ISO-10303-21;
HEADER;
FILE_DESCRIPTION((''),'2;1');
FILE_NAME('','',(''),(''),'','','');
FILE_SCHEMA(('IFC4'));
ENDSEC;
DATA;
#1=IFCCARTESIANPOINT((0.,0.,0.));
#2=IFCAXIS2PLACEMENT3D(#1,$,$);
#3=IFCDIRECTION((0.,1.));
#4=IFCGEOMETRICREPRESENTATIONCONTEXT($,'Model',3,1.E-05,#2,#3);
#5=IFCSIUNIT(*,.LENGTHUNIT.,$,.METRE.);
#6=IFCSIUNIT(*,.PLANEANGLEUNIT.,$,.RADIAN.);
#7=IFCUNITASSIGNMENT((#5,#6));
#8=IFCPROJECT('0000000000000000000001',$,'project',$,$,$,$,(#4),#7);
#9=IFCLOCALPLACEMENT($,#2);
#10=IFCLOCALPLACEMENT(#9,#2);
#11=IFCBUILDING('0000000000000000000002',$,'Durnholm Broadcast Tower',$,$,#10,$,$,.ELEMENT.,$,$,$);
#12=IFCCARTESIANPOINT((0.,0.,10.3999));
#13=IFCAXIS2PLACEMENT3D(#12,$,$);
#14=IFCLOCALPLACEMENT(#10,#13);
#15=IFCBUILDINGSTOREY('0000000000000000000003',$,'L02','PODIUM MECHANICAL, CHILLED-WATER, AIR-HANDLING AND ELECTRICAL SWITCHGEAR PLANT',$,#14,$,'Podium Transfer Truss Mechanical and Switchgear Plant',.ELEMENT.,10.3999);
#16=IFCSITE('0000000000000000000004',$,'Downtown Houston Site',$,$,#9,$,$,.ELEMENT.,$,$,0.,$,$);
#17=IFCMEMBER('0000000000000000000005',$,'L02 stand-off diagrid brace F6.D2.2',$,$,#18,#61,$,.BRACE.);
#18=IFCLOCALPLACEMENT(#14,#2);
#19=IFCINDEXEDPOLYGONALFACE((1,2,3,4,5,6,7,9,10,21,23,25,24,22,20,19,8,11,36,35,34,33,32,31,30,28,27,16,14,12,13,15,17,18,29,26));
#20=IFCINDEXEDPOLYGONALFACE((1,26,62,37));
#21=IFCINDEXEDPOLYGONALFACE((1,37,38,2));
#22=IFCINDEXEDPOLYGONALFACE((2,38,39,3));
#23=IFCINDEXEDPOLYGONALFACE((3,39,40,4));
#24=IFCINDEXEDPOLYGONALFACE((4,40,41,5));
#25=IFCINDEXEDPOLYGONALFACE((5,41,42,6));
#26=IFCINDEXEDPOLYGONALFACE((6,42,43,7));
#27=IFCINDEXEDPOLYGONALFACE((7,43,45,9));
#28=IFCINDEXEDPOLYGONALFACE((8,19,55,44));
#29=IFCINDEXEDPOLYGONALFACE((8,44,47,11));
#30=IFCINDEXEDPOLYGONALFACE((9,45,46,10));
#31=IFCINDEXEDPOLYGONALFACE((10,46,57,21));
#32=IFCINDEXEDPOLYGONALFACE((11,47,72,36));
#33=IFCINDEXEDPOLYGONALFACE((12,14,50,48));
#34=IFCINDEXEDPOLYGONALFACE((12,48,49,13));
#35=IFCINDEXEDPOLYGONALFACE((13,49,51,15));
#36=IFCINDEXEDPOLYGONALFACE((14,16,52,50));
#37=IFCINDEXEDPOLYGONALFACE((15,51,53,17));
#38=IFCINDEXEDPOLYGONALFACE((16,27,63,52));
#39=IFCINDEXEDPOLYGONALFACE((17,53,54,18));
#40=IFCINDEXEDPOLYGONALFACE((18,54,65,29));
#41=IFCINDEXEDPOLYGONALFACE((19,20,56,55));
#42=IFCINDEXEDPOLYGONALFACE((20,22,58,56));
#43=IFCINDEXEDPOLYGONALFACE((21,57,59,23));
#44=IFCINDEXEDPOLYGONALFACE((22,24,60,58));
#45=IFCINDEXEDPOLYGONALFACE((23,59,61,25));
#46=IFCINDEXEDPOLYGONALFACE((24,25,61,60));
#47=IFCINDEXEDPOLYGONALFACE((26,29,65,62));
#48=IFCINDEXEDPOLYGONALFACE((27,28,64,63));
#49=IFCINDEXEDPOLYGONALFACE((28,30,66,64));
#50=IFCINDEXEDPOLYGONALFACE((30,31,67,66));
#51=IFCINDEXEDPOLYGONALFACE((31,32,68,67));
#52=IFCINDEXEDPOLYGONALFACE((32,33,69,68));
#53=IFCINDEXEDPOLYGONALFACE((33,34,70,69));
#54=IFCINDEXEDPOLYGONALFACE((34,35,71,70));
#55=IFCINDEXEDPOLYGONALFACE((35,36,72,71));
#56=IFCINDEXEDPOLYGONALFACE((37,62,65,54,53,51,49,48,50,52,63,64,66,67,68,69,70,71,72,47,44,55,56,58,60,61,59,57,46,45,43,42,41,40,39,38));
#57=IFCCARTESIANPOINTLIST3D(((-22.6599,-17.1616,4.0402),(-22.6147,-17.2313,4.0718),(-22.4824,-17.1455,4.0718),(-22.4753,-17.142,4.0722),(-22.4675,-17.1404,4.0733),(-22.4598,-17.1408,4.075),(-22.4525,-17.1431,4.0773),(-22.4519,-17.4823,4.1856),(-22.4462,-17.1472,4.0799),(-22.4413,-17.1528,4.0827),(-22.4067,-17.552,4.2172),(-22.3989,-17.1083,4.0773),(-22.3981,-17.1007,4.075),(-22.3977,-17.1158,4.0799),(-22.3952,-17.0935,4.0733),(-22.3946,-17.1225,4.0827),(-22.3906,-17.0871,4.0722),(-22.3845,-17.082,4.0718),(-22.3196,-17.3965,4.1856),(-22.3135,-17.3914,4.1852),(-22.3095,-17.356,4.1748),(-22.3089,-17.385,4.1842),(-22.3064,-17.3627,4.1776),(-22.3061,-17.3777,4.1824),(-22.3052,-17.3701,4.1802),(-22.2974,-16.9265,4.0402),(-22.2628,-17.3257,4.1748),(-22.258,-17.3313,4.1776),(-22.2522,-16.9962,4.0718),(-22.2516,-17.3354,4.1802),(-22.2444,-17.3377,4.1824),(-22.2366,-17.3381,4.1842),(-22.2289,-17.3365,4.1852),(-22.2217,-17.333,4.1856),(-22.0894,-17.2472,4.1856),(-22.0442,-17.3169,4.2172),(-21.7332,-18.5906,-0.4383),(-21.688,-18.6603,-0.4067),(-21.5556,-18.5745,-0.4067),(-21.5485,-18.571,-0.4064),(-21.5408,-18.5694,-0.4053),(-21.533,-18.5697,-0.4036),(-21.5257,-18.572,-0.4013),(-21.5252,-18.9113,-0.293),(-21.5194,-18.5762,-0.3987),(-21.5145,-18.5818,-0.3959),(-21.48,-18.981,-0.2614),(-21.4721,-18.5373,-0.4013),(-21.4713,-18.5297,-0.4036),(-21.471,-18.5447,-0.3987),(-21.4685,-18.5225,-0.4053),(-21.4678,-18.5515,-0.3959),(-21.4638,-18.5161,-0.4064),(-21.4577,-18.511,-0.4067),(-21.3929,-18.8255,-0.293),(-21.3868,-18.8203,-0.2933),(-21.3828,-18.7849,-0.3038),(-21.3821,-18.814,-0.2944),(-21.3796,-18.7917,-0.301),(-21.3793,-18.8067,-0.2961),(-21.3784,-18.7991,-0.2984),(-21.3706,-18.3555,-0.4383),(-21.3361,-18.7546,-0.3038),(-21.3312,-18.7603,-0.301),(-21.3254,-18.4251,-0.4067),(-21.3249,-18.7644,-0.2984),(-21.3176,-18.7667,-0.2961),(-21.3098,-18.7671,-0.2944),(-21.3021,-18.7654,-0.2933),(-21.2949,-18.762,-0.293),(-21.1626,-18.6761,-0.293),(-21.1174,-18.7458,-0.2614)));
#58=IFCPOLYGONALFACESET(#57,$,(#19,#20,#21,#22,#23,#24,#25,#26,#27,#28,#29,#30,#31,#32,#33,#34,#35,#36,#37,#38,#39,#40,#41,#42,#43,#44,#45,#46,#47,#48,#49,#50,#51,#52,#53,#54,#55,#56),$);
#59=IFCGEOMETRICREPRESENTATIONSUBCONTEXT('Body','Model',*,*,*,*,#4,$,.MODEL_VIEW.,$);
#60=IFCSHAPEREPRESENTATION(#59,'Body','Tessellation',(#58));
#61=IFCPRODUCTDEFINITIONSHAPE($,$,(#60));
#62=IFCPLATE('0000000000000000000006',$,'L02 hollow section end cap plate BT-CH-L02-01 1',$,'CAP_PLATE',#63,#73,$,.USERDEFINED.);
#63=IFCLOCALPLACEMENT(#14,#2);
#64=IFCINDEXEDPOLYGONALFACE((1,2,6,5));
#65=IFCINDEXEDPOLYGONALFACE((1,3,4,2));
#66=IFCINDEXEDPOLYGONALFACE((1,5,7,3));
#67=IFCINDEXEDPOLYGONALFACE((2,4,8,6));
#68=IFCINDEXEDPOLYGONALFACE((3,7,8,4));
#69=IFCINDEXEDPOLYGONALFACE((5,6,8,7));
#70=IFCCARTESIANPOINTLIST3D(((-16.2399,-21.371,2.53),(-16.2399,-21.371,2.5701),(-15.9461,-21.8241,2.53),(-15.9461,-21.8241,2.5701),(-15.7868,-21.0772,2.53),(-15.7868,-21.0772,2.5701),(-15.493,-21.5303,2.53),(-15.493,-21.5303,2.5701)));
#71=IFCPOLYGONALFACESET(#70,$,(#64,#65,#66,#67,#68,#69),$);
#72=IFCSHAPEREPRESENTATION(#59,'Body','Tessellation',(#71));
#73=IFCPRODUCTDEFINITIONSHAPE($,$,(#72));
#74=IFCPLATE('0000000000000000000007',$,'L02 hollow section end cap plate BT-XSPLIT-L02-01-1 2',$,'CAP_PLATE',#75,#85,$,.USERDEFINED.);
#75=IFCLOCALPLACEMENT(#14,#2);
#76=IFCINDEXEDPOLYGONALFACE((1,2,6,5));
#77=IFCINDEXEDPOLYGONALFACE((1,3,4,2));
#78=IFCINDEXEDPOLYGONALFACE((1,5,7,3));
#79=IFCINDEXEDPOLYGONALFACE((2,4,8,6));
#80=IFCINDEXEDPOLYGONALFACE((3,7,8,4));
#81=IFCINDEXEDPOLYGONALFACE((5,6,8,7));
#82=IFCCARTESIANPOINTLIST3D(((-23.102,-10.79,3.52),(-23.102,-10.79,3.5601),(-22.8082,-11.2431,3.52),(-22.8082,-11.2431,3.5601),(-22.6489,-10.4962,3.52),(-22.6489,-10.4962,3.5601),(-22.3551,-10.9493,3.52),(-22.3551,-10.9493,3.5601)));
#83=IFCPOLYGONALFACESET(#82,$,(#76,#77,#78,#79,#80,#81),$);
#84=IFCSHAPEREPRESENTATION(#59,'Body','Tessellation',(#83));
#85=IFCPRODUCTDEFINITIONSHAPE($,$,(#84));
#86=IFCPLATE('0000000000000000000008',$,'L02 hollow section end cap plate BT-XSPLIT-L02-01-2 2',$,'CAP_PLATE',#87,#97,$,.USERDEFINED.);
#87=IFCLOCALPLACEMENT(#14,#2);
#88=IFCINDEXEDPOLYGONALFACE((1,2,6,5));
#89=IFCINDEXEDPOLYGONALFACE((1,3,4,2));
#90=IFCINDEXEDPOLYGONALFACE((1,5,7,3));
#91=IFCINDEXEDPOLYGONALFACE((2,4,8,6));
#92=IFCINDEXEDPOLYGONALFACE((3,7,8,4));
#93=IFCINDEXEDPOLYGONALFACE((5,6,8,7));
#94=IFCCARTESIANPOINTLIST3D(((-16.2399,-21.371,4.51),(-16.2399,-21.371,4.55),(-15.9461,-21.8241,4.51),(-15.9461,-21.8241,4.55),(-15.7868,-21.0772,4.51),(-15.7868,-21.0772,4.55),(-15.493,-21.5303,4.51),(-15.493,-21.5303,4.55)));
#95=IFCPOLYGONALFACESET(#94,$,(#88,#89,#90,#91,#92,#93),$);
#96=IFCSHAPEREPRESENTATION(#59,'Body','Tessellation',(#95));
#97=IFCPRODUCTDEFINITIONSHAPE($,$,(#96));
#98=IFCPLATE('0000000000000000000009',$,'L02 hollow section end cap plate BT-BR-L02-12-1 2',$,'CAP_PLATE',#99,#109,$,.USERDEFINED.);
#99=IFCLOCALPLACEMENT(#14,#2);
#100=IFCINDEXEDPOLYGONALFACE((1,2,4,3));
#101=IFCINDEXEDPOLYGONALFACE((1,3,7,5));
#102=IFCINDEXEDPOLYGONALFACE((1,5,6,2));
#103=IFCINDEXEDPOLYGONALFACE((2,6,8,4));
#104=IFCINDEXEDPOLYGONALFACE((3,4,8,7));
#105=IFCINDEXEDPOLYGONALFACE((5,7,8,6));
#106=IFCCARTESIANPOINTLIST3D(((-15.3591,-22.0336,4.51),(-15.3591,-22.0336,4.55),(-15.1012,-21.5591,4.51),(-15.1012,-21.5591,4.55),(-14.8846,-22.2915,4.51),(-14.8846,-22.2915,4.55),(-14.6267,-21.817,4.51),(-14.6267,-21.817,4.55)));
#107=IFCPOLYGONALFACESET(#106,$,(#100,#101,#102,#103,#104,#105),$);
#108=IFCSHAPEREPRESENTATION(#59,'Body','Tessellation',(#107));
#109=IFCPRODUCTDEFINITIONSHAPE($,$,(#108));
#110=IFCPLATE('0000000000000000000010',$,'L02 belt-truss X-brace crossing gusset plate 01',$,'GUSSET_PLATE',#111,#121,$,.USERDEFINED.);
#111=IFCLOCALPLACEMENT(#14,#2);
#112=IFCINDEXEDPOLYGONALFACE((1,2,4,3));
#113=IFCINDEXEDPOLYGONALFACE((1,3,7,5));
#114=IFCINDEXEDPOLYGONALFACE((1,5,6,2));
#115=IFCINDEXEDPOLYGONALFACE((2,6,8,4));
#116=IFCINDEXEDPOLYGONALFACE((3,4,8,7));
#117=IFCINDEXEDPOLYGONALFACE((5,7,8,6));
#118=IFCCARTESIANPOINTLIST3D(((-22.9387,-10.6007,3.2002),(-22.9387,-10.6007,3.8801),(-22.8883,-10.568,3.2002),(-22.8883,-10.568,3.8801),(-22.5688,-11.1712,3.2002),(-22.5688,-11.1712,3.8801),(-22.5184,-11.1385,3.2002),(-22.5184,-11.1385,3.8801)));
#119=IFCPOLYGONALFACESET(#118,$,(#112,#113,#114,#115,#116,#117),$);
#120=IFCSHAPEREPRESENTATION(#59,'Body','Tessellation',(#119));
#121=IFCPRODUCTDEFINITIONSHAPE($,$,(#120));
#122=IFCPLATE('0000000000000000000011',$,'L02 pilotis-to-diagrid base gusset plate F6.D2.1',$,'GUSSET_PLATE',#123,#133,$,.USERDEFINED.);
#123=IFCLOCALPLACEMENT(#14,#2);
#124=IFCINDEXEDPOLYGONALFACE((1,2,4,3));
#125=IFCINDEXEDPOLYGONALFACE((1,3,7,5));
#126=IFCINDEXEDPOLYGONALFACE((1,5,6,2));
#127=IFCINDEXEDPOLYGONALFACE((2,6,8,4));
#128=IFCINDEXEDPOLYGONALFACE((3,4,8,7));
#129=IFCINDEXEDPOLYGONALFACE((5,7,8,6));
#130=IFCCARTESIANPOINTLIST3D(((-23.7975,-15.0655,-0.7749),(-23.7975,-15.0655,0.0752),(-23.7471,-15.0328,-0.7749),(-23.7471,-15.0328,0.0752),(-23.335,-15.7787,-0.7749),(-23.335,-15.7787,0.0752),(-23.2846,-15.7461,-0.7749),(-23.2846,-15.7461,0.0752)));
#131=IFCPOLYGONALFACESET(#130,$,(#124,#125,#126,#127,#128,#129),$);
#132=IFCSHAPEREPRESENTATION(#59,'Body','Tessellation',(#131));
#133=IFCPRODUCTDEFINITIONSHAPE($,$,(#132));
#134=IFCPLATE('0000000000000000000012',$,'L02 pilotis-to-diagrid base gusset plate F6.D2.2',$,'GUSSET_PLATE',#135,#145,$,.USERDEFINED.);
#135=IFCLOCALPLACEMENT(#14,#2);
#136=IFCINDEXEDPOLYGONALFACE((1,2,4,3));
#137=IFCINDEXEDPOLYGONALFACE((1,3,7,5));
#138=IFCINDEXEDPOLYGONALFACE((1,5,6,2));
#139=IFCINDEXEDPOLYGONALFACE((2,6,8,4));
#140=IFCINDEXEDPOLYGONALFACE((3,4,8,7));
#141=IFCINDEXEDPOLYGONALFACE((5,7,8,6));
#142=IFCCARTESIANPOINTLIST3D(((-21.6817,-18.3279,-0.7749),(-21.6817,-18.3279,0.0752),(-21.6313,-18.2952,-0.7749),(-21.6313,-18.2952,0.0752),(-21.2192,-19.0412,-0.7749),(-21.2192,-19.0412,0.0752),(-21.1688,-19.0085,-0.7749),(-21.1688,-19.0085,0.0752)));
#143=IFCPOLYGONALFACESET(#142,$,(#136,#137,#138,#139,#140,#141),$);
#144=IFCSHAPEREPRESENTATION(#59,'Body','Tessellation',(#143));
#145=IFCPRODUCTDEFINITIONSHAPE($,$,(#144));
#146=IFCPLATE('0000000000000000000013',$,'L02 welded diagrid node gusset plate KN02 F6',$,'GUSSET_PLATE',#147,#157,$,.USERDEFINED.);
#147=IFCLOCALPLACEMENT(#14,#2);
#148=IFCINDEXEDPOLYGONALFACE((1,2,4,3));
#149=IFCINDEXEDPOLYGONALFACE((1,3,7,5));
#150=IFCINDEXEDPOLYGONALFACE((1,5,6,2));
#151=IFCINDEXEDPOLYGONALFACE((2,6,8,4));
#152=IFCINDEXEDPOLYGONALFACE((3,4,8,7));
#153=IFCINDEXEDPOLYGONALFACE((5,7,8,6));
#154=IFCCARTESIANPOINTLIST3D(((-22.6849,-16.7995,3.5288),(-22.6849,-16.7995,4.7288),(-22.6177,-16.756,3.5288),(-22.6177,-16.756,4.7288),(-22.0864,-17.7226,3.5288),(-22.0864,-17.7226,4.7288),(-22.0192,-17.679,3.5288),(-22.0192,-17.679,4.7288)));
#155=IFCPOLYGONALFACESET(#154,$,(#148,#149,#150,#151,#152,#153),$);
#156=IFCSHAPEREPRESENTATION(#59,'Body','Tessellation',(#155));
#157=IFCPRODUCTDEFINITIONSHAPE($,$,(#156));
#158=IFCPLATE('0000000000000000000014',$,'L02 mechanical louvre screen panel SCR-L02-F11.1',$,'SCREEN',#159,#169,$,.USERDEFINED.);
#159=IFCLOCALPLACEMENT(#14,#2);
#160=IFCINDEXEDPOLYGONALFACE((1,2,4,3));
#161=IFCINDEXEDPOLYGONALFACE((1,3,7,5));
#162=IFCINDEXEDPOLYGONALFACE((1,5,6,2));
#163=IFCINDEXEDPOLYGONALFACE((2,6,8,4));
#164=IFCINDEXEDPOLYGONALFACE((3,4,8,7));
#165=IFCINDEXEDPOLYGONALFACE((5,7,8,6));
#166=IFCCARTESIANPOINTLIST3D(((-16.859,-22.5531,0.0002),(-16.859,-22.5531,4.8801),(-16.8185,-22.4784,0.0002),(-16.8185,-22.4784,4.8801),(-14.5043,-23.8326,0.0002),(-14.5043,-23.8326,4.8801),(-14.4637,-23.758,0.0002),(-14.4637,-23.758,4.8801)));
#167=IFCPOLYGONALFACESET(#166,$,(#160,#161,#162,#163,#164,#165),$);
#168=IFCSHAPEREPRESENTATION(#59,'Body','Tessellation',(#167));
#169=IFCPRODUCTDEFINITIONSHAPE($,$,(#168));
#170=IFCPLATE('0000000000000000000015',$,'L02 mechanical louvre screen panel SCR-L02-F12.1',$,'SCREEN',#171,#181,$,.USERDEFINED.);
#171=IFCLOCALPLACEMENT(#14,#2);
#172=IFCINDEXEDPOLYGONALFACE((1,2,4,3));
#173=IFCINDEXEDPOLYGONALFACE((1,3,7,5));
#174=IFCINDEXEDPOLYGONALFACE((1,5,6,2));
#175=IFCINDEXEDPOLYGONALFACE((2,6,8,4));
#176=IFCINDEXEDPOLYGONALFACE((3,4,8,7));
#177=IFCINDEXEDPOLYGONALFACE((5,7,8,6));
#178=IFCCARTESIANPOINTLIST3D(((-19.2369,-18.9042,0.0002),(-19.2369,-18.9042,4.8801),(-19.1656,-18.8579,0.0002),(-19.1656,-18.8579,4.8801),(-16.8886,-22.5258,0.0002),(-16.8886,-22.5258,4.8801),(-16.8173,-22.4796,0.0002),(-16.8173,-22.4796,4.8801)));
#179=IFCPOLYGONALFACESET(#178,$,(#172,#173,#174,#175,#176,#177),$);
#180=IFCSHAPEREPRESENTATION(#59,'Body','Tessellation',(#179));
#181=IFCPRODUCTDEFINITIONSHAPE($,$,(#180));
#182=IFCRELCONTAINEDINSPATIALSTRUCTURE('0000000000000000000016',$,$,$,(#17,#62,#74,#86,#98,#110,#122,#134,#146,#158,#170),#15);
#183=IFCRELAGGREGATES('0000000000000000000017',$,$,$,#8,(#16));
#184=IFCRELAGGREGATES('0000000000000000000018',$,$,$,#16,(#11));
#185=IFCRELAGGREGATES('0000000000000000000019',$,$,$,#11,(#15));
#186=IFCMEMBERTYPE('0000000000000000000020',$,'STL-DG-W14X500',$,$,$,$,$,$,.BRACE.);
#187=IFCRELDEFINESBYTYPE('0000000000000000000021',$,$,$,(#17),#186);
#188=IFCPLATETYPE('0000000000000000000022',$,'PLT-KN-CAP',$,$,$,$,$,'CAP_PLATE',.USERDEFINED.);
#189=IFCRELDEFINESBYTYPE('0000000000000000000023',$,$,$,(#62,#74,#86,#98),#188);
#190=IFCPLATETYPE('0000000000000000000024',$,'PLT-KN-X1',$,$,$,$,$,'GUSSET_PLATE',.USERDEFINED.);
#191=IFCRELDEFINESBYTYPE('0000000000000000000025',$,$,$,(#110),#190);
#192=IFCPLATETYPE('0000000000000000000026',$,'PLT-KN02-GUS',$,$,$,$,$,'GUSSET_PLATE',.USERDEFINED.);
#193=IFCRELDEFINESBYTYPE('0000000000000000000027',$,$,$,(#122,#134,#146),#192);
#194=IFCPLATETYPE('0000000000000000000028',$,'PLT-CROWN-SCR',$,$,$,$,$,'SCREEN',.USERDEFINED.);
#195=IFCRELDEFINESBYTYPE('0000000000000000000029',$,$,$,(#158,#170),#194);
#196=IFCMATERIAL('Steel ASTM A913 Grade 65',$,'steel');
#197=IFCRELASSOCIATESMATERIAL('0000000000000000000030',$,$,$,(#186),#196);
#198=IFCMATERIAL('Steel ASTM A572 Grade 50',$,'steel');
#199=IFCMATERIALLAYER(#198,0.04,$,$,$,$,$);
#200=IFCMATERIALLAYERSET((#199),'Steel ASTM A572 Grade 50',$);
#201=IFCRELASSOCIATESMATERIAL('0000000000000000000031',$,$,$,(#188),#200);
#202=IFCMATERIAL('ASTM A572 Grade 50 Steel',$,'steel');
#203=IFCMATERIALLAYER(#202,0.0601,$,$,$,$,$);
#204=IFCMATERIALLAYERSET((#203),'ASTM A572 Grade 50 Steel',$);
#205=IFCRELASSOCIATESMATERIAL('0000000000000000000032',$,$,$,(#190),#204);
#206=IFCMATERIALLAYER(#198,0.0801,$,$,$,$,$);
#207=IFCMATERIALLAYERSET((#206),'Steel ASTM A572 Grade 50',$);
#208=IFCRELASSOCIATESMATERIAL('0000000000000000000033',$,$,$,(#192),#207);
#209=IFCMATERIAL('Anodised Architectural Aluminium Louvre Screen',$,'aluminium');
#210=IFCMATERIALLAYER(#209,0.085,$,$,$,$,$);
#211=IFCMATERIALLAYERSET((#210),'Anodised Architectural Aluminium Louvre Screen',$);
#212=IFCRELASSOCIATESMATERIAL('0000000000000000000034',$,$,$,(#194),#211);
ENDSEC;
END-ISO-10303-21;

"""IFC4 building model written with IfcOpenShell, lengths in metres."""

from ifc_helpers import new_model, si_unit, direction, frame, origin, origin_2d, place, context, subcontext, project, spatial, rectangle, i_section, extrude, source, transform, mapped, material, layer, layer_set, material_profile, profile_set, type_object, type_shapes, element, save


model = new_model("IFC4")

# Units and contexts
model_context = context("Model", 3, precision=1e-05, world=origin(), true_north=direction((0.0, 1.0)))
body_context = subcontext(model_context, "Body", "Model", "MODEL_VIEW")
ifc_project = project(units=[si_unit("LENGTHUNIT", "METRE"), si_unit("PLANEANGLEUNIT", "RADIAN")], contexts=[model_context])

# Site, building, storey
site_placement = place(None, origin())
site = spatial("IfcSite", under=ifc_project, at=site_placement, Name="Downtown Houston Site", CompositionType="ELEMENT", RefElevation=0.0)
building_placement = place(site_placement, origin())
building = spatial("IfcBuilding", under=site, at=building_placement, Name="Durnholm Broadcast Tower", CompositionType="ELEMENT")
storey_placement = place(building_placement, frame((0.0, 0.0, 10.3999)))
storey = spatial("IfcBuildingStorey", under=building, at=storey_placement, Name="L02", Description="PODIUM MECHANICAL, CHILLED-WATER, AIR-HANDLING AND ELECTRICAL SWITCHGEAR PLANT", LongName="Podium Transfer Truss Mechanical and Switchgear Plant", CompositionType="ELEMENT", Elevation=10.3999)

# Shared definitions
ifc_material_1 = material(Name="Steel ASTM A913 Grade 65", Category="steel")

# Member
ifc_material_profile_1 = material_profile(ifc_material_1, i_section(OverallWidth=0.4321, OverallDepth=0.4978, WebThickness=0.0557, FlangeThickness=0.0889, FilletRadius=0.0305, at=origin_2d()), Name="W14X500")
ifc_profile_set_1 = profile_set([ifc_material_profile_1], Name="Steel ASTM A913 Grade 65")
member_type_1 = type_object("IfcMemberType", Name="STL-DG-W14X500", PredefinedType="BRACE", material=ifc_profile_set_1)
shared_shape_1 = source(origin(), body_context, "Body", "SweptSolid", [
    extrude(i_section(OverallWidth=0.4321, OverallDepth=0.4978, WebThickness=0.0557, FlangeThickness=0.0889, FilletRadius=0.0305, at=origin_2d()), origin(), (0.0, 0.0, 1.0), 4.7915),
])
member_1_placement = place(storey_placement, frame((-21.4253, -18.6682, -0.3499), z_axis=(-0.193419, 0.298231, 0.934691), x_axis=(-0.838997, -0.544137, 0.0)))
element("IfcMember", 1, at=member_1_placement, inside=storey, type_object=member_type_1, Name="L02 stand-off diagrid brace F6.D2.2", PredefinedType="BRACE", context=body_context, shape_type="MappedRepresentation", body=[
    mapped(shared_shape_1, transform((0.0, 0.0, 0.0), x_axis=(1.0, 0.0, 0.0), y_axis=(0.0, 1.0, 0.0), z_axis=(0.0, 0.0, 1.0), scale=1.0)),
])

# Plates
ifc_material_2 = material(Name="Steel ASTM A572 Grade 50", Category="steel")
ifc_layer_1 = layer(ifc_material_2, 0.04)
ifc_layer_set_1 = layer_set([ifc_layer_1], Name="Steel ASTM A572 Grade 50")
plate_type_1 = type_object("IfcPlateType", Name="PLT-KN-CAP", ElementType="CAP_PLATE", PredefinedType="USERDEFINED", material=ifc_layer_set_1)
shared_shape_2 = source(origin(), body_context, "Body", "SweptSolid", [
    extrude(rectangle(XDim=0.54, YDim=0.54, at=origin_2d()), origin(), (0.0, 0.0, 1.0), 0.04),
])
type_shapes(plate_type_1, [shared_shape_2])
for number, where, z_axis, x_axis, name in (
    (2, (-15.8665, -21.4507, 2.53), (0.0, 0.0, 1.0), (-0.544053, 0.839051, 0.0), "L02 hollow section end cap plate BT-CH-L02-01 1"),
    (3, (-22.7285, -10.8696, 3.52), (0.0, 0.0, 1.0), (0.544053, -0.839051, 0.0), "L02 hollow section end cap plate BT-XSPLIT-L02-01-1 2"),
    (4, (-15.8665, -21.4507, 4.51), (0.0, 0.0, 1.0), (0.544053, -0.839051, 0.0), "L02 hollow section end cap plate BT-XSPLIT-L02-01-2 2"),
    (5, (-14.9929, -21.9253, 4.51), (0.0, 0.0, 1.0), (-0.87865, 0.477465, 0.0), "L02 hollow section end cap plate BT-BR-L02-12-1 2"),
):
    element("IfcPlate", number, at=place(storey_placement, frame(where, z_axis=z_axis, x_axis=x_axis)), inside=storey, type_object=plate_type_1, Name=name, ObjectType="CAP_PLATE", PredefinedType="USERDEFINED", context=body_context, shape_type="MappedRepresentation", body=[
        mapped(shared_shape_2, transform((0.0, 0.0, 0.0), x_axis=(1.0, 0.0, 0.0), y_axis=(0.0, 1.0, 0.0), z_axis=(0.0, 0.0, 1.0), scale=1.0)),
    ])
ifc_material_3 = material(Name="ASTM A572 Grade 50 Steel", Category="steel")
ifc_layer_2 = layer(ifc_material_3, 0.0601)
ifc_layer_set_2 = layer_set([ifc_layer_2], Name="ASTM A572 Grade 50 Steel")
plate_type_2 = type_object("IfcPlateType", Name="PLT-KN-X1", ElementType="GUSSET_PLATE", PredefinedType="USERDEFINED", material=ifc_layer_set_2)
shared_shape_3 = source(origin(), body_context, "Body", "SweptSolid", [
    extrude(rectangle(XDim=0.6799, YDim=0.0601, at=origin_2d()), origin(), (0.0, 0.0, 1.0), 0.6799),
])
type_shapes(plate_type_2, [shared_shape_3])
plate_1_placement = place(storey_placement, frame((-22.7285, -10.8696, 3.2002), z_axis=(0.0, 0.0, 1.0), x_axis=(-0.544053, 0.839051, 0.0)))
element("IfcPlate", 6, at=plate_1_placement, inside=storey, type_object=plate_type_2, Name="L02 belt-truss X-brace crossing gusset plate 01", ObjectType="GUSSET_PLATE", PredefinedType="USERDEFINED", context=body_context, shape_type="MappedRepresentation", body=[
    mapped(shared_shape_3, transform((0.0, 0.0, 0.0), x_axis=(1.0, 0.0, 0.0), y_axis=(0.0, 1.0, 0.0), z_axis=(0.0, 0.0, 1.0), scale=1.0)),
])
ifc_layer_3 = layer(ifc_material_2, 0.0801)
ifc_layer_set_3 = layer_set([ifc_layer_3], Name="Steel ASTM A572 Grade 50")
plate_type_3 = type_object("IfcPlateType", Name="PLT-KN02-GUS", ElementType="GUSSET_PLATE", PredefinedType="USERDEFINED", material=ifc_layer_set_3)
shared_shape_4 = source(origin(), body_context, "Body", "SweptSolid", [
    extrude(rectangle(XDim=0.8501, YDim=0.0601, at=origin_2d()), origin(), (0.0, 0.0, 1.0), 0.8501),
])
for number, where, z_axis, x_axis, name in (
    (7, (-23.541, -15.4058, -0.7749), (0.0, 0.0, 1.0), (0.544053, -0.839051, 0.0), "L02 pilotis-to-diagrid base gusset plate F6.D2.1"),
    (8, (-21.4253, -18.6682, -0.7749), (0.0, 0.0, 1.0), (0.544053, -0.839051, 0.0), "L02 pilotis-to-diagrid base gusset plate F6.D2.2"),
):
    element("IfcPlate", number, at=place(storey_placement, frame(where, z_axis=z_axis, x_axis=x_axis)), inside=storey, type_object=plate_type_3, Name=name, ObjectType="GUSSET_PLATE", PredefinedType="USERDEFINED", context=body_context, shape_type="MappedRepresentation", body=[
        mapped(shared_shape_4, transform((0.0, 0.0, 0.0), x_axis=(1.0, 0.0, 0.0), y_axis=(0.0, 1.0, 0.0), z_axis=(0.0, 0.0, 1.0), scale=1.0)),
    ])
shared_shape_5 = source(origin(), body_context, "Body", "SweptSolid", [
    extrude(rectangle(XDim=1.1001, YDim=0.0801, at=origin_2d()), origin(), (0.0, 0.0, 1.0), 1.2),
])
type_shapes(plate_type_3, [shared_shape_4, shared_shape_5])
plate_2_placement = place(storey_placement, frame((-22.3521, -17.2393, 3.5288), z_axis=(0.0, 0.0, 1.0), x_axis=(0.544053, -0.839051, 0.0)))
element("IfcPlate", 9, at=plate_2_placement, inside=storey, type_object=plate_type_3, Name="L02 welded diagrid node gusset plate KN02 F6", ObjectType="GUSSET_PLATE", PredefinedType="USERDEFINED", context=body_context, shape_type="MappedRepresentation", body=[
    mapped(shared_shape_5, transform((0.0, 0.0, 0.0), x_axis=(1.0, 0.0, 0.0), y_axis=(0.0, 1.0, 0.0), z_axis=(0.0, 0.0, 1.0), scale=1.0)),
])
ifc_material_4 = material(Name="Anodised Architectural Aluminium Louvre Screen", Category="aluminium")
ifc_layer_4 = layer(ifc_material_4, 0.085)
ifc_layer_set_4 = layer_set([ifc_layer_4], Name="Anodised Architectural Aluminium Louvre Screen")
plate_type_4 = type_object("IfcPlateType", Name="PLT-CROWN-SCR", ElementType="SCREEN", PredefinedType="USERDEFINED", material=ifc_layer_set_4)
shared_shape_6 = source(origin(), body_context, "Body", "SweptSolid", [
    extrude(rectangle(XDim=2.6799, YDim=0.085, at=origin_2d()), origin(), (0.0, 0.0, 1.0), 4.8799),
])
plate_3_placement = place(storey_placement, frame((-15.6614, -23.1555, 0.0002), z_axis=(0.0, 0.0, 1.0), x_axis=(-0.87865, 0.477465, 0.0)))
element("IfcPlate", 10, at=plate_3_placement, inside=storey, type_object=plate_type_4, Name="L02 mechanical louvre screen panel SCR-L02-F11.1", ObjectType="SCREEN", PredefinedType="USERDEFINED", context=body_context, shape_type="MappedRepresentation", body=[
    mapped(shared_shape_6, transform((0.0, 0.0, 0.0), x_axis=(1.0, 0.0, 0.0), y_axis=(0.0, 1.0, 0.0), z_axis=(0.0, 0.0, 1.0), scale=1.0)),
])
shared_shape_7 = source(origin(), body_context, "Body", "SweptSolid", [
    extrude(rectangle(XDim=4.3164, YDim=0.085, at=origin_2d()), origin(), (0.0, 0.0, 1.0), 4.8799),
])
type_shapes(plate_type_4, [shared_shape_6, shared_shape_7])
for number, where, z_axis, x_axis, name in (
    (11, (-18.0271, -20.6919, 0.0002), (0.0, 0.0, 1.0), (-0.544053, 0.839051, 0.0), "L02 mechanical louvre screen panel SCR-L02-F12.1"),
):
    element("IfcPlate", number, at=place(storey_placement, frame(where, z_axis=z_axis, x_axis=x_axis)), inside=storey, type_object=plate_type_4, Name=name, ObjectType="SCREEN", PredefinedType="USERDEFINED", context=body_context, shape_type="MappedRepresentation", body=[
        mapped(shared_shape_7, transform((0.0, 0.0, 0.0), x_axis=(1.0, 0.0, 0.0), y_axis=(0.0, 1.0, 0.0), z_axis=(0.0, 0.0, 1.0), scale=1.0)),
    ])

save(model, "model.ifc")
